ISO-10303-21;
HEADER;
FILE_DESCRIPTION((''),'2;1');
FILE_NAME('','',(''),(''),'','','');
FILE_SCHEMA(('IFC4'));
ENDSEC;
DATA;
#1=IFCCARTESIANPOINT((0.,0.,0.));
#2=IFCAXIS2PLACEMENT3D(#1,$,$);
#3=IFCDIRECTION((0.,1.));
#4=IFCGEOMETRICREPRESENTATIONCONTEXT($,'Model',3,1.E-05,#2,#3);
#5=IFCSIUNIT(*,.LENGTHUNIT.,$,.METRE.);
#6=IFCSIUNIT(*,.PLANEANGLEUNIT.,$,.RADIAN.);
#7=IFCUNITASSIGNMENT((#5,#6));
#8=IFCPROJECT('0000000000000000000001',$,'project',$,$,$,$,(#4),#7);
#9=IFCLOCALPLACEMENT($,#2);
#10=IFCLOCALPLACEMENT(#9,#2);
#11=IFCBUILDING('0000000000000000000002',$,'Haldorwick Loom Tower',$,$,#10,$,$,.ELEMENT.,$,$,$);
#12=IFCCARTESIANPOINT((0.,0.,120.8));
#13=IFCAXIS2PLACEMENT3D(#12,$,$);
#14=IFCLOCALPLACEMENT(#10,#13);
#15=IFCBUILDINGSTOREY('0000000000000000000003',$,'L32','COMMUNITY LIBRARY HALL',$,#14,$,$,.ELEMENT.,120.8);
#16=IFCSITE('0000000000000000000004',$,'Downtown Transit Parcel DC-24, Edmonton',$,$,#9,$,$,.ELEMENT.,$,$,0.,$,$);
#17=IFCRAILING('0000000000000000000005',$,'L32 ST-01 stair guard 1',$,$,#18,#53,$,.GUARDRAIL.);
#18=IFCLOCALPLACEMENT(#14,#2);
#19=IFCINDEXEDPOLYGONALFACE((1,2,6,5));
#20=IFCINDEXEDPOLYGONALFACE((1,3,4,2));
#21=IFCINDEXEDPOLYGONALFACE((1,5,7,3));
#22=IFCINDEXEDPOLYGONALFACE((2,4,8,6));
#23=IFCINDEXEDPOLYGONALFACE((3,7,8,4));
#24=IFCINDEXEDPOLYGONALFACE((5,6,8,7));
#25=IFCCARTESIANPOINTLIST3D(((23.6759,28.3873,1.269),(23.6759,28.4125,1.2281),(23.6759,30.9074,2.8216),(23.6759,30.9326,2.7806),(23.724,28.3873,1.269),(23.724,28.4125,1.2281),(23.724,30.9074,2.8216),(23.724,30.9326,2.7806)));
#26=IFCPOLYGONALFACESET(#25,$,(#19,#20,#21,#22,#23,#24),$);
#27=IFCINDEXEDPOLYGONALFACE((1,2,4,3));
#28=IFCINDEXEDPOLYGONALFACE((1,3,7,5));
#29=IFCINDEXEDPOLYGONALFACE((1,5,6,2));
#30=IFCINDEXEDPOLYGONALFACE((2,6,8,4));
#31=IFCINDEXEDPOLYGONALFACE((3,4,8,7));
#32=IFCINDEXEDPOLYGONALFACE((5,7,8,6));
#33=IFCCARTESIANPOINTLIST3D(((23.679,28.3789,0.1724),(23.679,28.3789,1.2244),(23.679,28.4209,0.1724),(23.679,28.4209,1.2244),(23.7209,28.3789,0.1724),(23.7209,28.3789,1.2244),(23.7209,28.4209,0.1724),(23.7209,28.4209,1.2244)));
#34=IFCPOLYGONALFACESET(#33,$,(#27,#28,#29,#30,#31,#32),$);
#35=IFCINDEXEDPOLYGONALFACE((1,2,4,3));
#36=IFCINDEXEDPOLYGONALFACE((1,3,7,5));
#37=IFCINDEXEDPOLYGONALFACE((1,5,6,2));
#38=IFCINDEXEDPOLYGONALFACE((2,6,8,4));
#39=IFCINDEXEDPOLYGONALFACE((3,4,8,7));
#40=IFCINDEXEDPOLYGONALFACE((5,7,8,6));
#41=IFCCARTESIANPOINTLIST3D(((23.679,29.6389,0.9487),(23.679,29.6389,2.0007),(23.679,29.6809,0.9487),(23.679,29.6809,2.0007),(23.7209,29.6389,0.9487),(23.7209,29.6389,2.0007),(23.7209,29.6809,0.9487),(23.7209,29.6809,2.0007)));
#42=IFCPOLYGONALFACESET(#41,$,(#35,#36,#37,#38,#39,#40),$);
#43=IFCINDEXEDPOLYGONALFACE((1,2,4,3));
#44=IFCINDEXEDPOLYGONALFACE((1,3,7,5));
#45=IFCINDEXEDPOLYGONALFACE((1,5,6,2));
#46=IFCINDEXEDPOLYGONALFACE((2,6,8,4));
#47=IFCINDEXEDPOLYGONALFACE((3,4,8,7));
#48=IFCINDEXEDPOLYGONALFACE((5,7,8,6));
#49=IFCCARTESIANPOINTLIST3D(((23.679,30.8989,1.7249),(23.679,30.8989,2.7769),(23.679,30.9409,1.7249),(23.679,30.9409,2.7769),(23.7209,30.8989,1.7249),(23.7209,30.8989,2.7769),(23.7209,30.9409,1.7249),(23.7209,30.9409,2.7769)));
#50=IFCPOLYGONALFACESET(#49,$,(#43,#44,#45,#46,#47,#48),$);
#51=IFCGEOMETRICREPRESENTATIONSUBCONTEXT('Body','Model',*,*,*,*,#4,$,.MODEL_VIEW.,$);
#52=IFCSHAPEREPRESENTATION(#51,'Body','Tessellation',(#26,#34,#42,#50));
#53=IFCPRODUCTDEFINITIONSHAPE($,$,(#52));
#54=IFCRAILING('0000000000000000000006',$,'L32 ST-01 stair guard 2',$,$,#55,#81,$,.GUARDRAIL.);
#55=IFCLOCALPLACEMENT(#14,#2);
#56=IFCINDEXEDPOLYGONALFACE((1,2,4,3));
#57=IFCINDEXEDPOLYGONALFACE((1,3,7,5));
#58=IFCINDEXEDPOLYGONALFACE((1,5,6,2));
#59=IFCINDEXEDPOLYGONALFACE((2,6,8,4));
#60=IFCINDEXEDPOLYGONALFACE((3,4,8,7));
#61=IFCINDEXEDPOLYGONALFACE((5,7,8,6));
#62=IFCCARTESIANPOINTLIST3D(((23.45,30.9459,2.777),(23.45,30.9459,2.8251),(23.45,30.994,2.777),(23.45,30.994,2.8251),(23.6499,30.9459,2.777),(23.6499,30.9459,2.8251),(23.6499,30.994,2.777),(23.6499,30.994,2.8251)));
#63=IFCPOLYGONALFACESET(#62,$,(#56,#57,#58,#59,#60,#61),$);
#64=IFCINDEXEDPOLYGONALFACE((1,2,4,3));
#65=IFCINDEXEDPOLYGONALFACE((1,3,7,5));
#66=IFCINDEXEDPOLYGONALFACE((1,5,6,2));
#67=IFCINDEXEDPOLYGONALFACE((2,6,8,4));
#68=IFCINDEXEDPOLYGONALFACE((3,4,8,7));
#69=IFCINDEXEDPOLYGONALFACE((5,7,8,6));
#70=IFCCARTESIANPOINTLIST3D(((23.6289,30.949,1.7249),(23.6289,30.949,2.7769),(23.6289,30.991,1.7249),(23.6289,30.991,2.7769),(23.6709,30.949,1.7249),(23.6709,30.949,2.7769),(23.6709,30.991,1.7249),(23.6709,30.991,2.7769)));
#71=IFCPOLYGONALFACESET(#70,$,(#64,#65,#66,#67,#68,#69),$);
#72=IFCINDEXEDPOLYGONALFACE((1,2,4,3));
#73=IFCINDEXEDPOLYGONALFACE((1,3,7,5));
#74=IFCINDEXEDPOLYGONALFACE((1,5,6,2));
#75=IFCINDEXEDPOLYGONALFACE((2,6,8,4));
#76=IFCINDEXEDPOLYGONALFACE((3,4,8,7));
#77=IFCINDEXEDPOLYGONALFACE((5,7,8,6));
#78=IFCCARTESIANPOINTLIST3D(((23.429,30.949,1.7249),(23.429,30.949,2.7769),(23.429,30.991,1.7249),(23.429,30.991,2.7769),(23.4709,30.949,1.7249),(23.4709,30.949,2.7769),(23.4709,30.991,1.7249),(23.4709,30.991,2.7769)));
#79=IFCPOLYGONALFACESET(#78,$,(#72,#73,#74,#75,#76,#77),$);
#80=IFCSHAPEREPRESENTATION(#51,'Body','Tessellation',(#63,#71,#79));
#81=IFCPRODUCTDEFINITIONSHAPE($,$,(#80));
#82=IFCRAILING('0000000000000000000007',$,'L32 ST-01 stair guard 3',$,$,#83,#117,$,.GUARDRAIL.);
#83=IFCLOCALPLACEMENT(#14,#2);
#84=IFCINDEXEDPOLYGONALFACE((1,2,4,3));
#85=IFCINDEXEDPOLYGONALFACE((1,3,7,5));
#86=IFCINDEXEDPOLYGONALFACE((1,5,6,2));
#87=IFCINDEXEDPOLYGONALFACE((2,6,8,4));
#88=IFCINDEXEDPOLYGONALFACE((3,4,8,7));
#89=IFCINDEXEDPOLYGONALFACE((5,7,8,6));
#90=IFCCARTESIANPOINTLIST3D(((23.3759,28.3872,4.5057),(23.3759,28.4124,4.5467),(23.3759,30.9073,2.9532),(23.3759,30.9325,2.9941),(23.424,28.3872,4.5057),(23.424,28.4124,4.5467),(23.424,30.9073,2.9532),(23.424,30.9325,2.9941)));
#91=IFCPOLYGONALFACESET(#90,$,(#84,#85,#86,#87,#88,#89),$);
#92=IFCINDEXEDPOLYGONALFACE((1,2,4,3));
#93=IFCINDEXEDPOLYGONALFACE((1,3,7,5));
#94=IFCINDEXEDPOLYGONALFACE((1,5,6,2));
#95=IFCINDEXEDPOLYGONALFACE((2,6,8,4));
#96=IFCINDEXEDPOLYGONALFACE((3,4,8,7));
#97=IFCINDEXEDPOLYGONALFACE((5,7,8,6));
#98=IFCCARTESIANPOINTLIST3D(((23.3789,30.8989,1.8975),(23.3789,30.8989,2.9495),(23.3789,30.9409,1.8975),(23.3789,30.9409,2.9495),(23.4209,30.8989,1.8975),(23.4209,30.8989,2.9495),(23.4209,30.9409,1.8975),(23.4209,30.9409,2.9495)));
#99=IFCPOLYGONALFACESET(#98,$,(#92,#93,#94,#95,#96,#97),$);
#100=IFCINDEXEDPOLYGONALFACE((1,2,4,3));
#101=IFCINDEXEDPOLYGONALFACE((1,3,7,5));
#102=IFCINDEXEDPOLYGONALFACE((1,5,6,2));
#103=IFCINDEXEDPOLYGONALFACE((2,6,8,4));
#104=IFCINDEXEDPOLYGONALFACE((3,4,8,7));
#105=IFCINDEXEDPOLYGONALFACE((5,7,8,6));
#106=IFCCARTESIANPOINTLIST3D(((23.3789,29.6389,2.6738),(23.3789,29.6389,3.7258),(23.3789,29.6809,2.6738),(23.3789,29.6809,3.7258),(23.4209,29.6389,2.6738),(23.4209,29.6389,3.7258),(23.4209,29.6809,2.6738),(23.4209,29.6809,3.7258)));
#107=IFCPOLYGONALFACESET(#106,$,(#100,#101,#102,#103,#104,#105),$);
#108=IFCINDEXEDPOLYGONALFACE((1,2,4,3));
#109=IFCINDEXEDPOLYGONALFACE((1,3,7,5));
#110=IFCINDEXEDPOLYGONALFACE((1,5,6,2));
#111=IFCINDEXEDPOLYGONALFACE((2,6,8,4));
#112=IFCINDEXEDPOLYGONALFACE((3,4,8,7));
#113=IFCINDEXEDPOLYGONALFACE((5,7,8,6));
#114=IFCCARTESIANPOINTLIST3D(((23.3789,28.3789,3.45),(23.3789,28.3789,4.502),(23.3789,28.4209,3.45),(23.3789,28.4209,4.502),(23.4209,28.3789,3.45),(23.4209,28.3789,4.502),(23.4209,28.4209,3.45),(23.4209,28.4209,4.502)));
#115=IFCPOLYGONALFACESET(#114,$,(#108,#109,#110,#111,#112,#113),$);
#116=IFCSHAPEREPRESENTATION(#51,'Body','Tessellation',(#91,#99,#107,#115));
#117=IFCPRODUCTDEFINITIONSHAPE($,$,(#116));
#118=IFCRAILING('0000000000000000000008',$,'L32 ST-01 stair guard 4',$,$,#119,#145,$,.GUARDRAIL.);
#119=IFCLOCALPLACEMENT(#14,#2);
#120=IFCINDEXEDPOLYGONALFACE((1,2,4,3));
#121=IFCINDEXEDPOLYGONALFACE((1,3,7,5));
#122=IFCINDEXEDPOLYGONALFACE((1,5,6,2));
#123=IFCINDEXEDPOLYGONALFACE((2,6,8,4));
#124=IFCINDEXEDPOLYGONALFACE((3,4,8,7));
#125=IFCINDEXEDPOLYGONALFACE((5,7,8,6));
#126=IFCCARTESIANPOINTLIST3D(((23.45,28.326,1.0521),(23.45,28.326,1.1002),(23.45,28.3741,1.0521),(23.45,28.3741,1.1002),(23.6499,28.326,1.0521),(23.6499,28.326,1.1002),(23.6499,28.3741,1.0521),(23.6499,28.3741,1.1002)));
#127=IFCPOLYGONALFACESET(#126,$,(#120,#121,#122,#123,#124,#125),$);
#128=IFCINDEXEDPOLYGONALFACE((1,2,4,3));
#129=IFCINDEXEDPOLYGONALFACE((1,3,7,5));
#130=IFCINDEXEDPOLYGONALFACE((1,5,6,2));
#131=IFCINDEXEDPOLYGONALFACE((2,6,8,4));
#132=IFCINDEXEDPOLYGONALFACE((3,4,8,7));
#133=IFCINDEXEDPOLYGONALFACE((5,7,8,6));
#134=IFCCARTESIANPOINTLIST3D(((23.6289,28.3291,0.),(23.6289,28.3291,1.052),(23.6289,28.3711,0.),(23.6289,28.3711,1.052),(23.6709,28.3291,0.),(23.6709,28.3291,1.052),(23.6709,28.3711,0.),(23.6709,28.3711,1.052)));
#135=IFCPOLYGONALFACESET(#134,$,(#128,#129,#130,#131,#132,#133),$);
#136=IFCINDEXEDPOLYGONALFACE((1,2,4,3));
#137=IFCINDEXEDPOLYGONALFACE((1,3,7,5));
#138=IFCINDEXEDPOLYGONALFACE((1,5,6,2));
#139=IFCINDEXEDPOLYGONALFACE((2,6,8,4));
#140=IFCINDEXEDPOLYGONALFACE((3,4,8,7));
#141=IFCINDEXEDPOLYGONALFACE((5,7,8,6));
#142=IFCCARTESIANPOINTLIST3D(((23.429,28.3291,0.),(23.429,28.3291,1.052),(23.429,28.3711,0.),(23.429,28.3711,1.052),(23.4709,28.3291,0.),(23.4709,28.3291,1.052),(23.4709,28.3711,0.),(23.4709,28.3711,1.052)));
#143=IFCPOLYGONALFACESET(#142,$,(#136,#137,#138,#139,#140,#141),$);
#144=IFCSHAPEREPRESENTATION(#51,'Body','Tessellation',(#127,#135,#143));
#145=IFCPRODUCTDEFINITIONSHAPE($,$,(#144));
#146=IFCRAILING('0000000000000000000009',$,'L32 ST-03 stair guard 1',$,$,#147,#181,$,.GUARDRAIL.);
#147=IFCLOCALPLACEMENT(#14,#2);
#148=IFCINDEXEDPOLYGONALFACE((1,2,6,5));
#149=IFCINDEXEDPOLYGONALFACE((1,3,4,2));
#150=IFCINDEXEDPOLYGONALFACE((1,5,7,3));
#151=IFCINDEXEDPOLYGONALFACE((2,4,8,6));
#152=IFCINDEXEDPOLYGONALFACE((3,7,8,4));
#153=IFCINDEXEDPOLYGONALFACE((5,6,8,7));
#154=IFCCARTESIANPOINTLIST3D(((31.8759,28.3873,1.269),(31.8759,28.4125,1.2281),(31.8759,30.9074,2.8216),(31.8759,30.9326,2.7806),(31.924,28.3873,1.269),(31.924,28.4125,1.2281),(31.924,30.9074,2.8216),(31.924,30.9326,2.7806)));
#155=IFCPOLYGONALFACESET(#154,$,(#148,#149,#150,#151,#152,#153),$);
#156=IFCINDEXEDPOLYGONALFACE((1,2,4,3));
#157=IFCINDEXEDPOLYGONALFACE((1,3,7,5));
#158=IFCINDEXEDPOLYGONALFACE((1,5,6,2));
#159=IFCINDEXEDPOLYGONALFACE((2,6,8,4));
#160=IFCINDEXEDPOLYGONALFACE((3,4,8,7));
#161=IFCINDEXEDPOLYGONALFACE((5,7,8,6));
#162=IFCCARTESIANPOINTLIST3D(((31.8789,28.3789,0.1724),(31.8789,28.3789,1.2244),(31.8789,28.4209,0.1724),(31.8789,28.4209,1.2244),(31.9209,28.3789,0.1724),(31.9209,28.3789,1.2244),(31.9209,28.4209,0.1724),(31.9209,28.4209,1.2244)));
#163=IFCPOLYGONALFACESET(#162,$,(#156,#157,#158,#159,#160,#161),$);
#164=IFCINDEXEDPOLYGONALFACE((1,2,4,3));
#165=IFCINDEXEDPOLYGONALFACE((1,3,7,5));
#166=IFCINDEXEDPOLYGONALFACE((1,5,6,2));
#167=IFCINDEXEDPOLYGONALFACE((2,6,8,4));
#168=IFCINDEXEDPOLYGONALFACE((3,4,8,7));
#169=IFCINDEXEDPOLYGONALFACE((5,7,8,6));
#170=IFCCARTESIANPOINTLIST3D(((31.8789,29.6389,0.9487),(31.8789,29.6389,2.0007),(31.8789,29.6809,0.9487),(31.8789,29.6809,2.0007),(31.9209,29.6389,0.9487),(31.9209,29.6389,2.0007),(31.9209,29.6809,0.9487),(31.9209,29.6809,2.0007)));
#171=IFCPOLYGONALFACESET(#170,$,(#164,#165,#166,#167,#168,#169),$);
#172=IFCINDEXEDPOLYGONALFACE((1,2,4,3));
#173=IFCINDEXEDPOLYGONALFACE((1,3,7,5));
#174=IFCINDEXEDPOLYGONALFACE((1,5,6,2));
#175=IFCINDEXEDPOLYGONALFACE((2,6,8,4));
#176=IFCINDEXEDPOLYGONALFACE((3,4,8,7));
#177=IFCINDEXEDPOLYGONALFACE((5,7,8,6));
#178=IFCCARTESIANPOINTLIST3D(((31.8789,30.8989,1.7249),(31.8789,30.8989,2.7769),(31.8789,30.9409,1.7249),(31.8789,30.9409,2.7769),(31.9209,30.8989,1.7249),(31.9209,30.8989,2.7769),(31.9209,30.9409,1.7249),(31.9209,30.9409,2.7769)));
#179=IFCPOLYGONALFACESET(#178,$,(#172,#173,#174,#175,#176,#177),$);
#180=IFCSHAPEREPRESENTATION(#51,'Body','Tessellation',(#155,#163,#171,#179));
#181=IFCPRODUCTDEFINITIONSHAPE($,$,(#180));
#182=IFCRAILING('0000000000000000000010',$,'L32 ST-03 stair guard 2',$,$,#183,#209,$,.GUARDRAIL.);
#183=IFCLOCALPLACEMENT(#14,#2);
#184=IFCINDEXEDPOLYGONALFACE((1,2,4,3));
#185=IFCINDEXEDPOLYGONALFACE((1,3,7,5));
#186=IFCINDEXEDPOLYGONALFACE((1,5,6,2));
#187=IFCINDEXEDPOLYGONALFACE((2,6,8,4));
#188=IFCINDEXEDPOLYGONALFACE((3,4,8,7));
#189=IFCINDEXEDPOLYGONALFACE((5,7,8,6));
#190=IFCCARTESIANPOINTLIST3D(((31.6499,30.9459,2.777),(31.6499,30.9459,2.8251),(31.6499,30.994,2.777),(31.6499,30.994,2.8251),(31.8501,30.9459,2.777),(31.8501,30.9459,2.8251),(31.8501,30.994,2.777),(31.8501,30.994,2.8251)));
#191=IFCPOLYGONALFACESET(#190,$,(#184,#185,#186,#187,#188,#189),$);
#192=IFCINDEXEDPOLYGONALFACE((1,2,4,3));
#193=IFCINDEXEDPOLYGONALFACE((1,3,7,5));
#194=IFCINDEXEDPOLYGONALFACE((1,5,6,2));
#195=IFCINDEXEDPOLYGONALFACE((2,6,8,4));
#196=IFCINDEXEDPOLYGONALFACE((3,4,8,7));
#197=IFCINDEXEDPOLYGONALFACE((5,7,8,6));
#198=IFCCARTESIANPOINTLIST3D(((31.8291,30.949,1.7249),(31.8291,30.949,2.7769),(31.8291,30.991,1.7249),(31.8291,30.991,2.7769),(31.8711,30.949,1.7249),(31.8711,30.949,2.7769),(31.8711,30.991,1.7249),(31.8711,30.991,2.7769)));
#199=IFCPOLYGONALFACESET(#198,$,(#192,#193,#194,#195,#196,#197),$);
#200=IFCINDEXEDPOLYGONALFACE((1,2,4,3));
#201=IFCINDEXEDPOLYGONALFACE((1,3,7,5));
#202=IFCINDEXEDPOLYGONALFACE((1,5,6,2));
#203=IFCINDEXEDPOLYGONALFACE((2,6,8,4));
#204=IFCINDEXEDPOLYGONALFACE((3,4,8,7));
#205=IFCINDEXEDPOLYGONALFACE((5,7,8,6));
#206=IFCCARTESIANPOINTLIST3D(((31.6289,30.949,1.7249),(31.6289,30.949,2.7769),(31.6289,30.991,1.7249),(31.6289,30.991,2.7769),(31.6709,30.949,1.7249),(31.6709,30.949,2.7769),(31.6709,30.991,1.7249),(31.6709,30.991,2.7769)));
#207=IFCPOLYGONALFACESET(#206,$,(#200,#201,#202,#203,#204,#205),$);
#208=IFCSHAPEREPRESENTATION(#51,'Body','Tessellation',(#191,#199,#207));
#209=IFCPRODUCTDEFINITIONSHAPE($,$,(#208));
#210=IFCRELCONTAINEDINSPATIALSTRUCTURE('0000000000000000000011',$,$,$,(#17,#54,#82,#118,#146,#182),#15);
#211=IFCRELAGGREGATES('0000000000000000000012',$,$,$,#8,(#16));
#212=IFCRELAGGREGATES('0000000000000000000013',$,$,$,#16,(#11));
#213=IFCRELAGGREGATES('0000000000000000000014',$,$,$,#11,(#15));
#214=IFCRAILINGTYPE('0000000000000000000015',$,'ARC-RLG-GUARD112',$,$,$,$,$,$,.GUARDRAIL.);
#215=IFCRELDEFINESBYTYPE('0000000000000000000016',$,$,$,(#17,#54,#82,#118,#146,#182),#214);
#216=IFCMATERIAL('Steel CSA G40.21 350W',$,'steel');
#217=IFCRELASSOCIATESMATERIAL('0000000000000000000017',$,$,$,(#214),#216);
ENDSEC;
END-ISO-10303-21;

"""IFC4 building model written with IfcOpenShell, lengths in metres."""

from ifc_helpers import new_model, si_unit, direction, frame, origin, origin_2d, place, context, subcontext, project, spatial, rectangle, extrude, material, type_object, element, save


model = new_model("IFC4")

# Units and contexts
model_context = context("Model", 3, precision=1e-05, world=origin(), true_north=direction((0.0, 1.0)))
body_context = subcontext(model_context, "Body", "Model", "MODEL_VIEW")
ifc_project = project(units=[si_unit("LENGTHUNIT", "METRE"), si_unit("PLANEANGLEUNIT", "RADIAN")], contexts=[model_context])

# Site, building, storey
site_placement = place(None, origin())
site = spatial("IfcSite", under=ifc_project, at=site_placement, Name="Downtown Transit Parcel DC-24, Edmonton", CompositionType="ELEMENT", RefElevation=0.0)
building_placement = place(site_placement, origin())
building = spatial("IfcBuilding", under=site, at=building_placement, Name="Haldorwick Loom Tower", CompositionType="ELEMENT")
storey_placement = place(building_placement, frame((0.0, 0.0, 120.8)))
storey = spatial("IfcBuildingStorey", under=building, at=storey_placement, Name="L32", Description="COMMUNITY LIBRARY HALL", CompositionType="ELEMENT", Elevation=120.8)

# Shared definitions
ifc_material_1 = material(Name="Steel CSA G40.21 350W", Category="steel")

# Railings
railing_type_1 = type_object("IfcRailingType", Name="ARC-RLG-GUARD112", PredefinedType="GUARDRAIL", material=ifc_material_1)
railing_1_placement = place(storey_placement, frame((23.7, 28.3999, 0.1724)))
element("IfcRailing", 1, at=railing_1_placement, inside=storey, type_object=railing_type_1, Name="L32 ST-01 stair guard 1", PredefinedType="GUARDRAIL", context=body_context, shape_type="SweptSolid", body=[
    extrude(rectangle(XDim=0.0481, YDim=0.0481, at=origin_2d()), frame((0.0, 0.0, 1.0762), z_axis=(0.0, 0.8514, 0.524516), x_axis=(-1.0, 0.0, 0.0)), (0.0, 0.0, 1.0), 2.96),
    extrude(rectangle(XDim=0.042, YDim=0.042, at=origin_2d()), origin(), (0.0, 0.0, 1.0), 1.052),
    extrude(rectangle(XDim=0.042, YDim=0.042, at=origin_2d()), frame((0.0, 1.26, 0.7764)), (0.0, 0.0, 1.0), 1.052),
    extrude(rectangle(XDim=0.042, YDim=0.042, at=origin_2d()), frame((0.0, 2.52, 1.5525)), (0.0, 0.0, 1.0), 1.052),
])
railing_2_placement = place(storey_placement, frame((23.6499, 30.97, 1.7249)))
element("IfcRailing", 2, at=railing_2_placement, inside=storey, type_object=railing_type_1, Name="L32 ST-01 stair guard 2", PredefinedType="GUARDRAIL", context=body_context, shape_type="SweptSolid", body=[
    extrude(rectangle(XDim=0.0481, YDim=0.0481, at=origin_2d()), frame((0.0, 0.0, 1.0762), z_axis=(-1.0, 0.0, 0.0), x_axis=(0.0, -1.0, 0.0)), (0.0, 0.0, 1.0), 0.2),
    extrude(rectangle(XDim=0.042, YDim=0.042, at=origin_2d()), origin(), (0.0, 0.0, 1.0), 1.052),
    extrude(rectangle(XDim=0.042, YDim=0.042, at=origin_2d()), frame((-0.2, 0.0, 0.0)), (0.0, 0.0, 1.0), 1.052),
])
railing_3_placement = place(storey_placement, frame((23.3999, 30.9199, 1.8975)))
element("IfcRailing", 3, at=railing_3_placement, inside=storey, type_object=railing_type_1, Name="L32 ST-01 stair guard 3", PredefinedType="GUARDRAIL", context=body_context, shape_type="SweptSolid", body=[
    extrude(rectangle(XDim=0.0481, YDim=0.0481, at=origin_2d()), frame((0.0, 0.0, 1.0762), z_axis=(0.0, -0.8514, 0.524516), x_axis=(1.0, 0.0, 0.0)), (0.0, 0.0, 1.0), 2.96),
    extrude(rectangle(XDim=0.042, YDim=0.042, at=origin_2d()), origin(), (0.0, 0.0, 1.0), 1.052),
    extrude(rectangle(XDim=0.042, YDim=0.042, at=origin_2d()), frame((0.0, -1.26, 0.7764)), (0.0, 0.0, 1.0), 1.052),
    extrude(rectangle(XDim=0.042, YDim=0.042, at=origin_2d()), frame((0.0, -2.52, 1.5525)), (0.0, 0.0, 1.0), 1.052),
])
railing_4_placement = place(storey_placement, frame((23.6499, 28.3501, 0.0)))
element("IfcRailing", 4, at=railing_4_placement, inside=storey, type_object=railing_type_1, Name="L32 ST-01 stair guard 4", PredefinedType="GUARDRAIL", context=body_context, shape_type="SweptSolid", body=[
    extrude(rectangle(XDim=0.0481, YDim=0.0481, at=origin_2d()), frame((0.0, 0.0, 1.0762), z_axis=(-1.0, 0.0, 0.0), x_axis=(0.0, -1.0, 0.0)), (0.0, 0.0, 1.0), 0.2),
    extrude(rectangle(XDim=0.042, YDim=0.042, at=origin_2d()), origin(), (0.0, 0.0, 1.0), 1.052),
    extrude(rectangle(XDim=0.042, YDim=0.042, at=origin_2d()), frame((-0.2, 0.0, 0.0)), (0.0, 0.0, 1.0), 1.052),
])
railing_5_placement = place(storey_placement, frame((31.8999, 28.3999, 0.1724)))
element("IfcRailing", 5, at=railing_5_placement, inside=storey, type_object=railing_type_1, Name="L32 ST-03 stair guard 1", PredefinedType="GUARDRAIL", context=body_context, shape_type="SweptSolid", body=[
    extrude(rectangle(XDim=0.0481, YDim=0.0481, at=origin_2d()), frame((0.0, 0.0, 1.0762), z_axis=(0.0, 0.8514, 0.524516), x_axis=(-1.0, 0.0, 0.0)), (0.0, 0.0, 1.0), 2.96),
    extrude(rectangle(XDim=0.042, YDim=0.042, at=origin_2d()), origin(), (0.0, 0.0, 1.0), 1.052),
    extrude(rectangle(XDim=0.042, YDim=0.042, at=origin_2d()), frame((0.0, 1.26, 0.7764)), (0.0, 0.0, 1.0), 1.052),
    extrude(rectangle(XDim=0.042, YDim=0.042, at=origin_2d()), frame((0.0, 2.52, 1.5525)), (0.0, 0.0, 1.0), 1.052),
])
railing_6_placement = place(storey_placement, frame((31.8501, 30.97, 1.7249)))
element("IfcRailing", 6, at=railing_6_placement, inside=storey, type_object=railing_type_1, Name="L32 ST-03 stair guard 2", PredefinedType="GUARDRAIL", context=body_context, shape_type="SweptSolid", body=[
    extrude(rectangle(XDim=0.0481, YDim=0.0481, at=origin_2d()), frame((0.0, 0.0, 1.0762), z_axis=(-1.0, 0.0, 0.0), x_axis=(0.0, -1.0, 0.0)), (0.0, 0.0, 1.0), 0.2002),
    extrude(rectangle(XDim=0.042, YDim=0.042, at=origin_2d()), origin(), (0.0, 0.0, 1.0), 1.052),
    extrude(rectangle(XDim=0.042, YDim=0.042, at=origin_2d()), frame((-0.2002, 0.0, 0.0)), (0.0, 0.0, 1.0), 1.052),
])

save(model, "model.ifc")
